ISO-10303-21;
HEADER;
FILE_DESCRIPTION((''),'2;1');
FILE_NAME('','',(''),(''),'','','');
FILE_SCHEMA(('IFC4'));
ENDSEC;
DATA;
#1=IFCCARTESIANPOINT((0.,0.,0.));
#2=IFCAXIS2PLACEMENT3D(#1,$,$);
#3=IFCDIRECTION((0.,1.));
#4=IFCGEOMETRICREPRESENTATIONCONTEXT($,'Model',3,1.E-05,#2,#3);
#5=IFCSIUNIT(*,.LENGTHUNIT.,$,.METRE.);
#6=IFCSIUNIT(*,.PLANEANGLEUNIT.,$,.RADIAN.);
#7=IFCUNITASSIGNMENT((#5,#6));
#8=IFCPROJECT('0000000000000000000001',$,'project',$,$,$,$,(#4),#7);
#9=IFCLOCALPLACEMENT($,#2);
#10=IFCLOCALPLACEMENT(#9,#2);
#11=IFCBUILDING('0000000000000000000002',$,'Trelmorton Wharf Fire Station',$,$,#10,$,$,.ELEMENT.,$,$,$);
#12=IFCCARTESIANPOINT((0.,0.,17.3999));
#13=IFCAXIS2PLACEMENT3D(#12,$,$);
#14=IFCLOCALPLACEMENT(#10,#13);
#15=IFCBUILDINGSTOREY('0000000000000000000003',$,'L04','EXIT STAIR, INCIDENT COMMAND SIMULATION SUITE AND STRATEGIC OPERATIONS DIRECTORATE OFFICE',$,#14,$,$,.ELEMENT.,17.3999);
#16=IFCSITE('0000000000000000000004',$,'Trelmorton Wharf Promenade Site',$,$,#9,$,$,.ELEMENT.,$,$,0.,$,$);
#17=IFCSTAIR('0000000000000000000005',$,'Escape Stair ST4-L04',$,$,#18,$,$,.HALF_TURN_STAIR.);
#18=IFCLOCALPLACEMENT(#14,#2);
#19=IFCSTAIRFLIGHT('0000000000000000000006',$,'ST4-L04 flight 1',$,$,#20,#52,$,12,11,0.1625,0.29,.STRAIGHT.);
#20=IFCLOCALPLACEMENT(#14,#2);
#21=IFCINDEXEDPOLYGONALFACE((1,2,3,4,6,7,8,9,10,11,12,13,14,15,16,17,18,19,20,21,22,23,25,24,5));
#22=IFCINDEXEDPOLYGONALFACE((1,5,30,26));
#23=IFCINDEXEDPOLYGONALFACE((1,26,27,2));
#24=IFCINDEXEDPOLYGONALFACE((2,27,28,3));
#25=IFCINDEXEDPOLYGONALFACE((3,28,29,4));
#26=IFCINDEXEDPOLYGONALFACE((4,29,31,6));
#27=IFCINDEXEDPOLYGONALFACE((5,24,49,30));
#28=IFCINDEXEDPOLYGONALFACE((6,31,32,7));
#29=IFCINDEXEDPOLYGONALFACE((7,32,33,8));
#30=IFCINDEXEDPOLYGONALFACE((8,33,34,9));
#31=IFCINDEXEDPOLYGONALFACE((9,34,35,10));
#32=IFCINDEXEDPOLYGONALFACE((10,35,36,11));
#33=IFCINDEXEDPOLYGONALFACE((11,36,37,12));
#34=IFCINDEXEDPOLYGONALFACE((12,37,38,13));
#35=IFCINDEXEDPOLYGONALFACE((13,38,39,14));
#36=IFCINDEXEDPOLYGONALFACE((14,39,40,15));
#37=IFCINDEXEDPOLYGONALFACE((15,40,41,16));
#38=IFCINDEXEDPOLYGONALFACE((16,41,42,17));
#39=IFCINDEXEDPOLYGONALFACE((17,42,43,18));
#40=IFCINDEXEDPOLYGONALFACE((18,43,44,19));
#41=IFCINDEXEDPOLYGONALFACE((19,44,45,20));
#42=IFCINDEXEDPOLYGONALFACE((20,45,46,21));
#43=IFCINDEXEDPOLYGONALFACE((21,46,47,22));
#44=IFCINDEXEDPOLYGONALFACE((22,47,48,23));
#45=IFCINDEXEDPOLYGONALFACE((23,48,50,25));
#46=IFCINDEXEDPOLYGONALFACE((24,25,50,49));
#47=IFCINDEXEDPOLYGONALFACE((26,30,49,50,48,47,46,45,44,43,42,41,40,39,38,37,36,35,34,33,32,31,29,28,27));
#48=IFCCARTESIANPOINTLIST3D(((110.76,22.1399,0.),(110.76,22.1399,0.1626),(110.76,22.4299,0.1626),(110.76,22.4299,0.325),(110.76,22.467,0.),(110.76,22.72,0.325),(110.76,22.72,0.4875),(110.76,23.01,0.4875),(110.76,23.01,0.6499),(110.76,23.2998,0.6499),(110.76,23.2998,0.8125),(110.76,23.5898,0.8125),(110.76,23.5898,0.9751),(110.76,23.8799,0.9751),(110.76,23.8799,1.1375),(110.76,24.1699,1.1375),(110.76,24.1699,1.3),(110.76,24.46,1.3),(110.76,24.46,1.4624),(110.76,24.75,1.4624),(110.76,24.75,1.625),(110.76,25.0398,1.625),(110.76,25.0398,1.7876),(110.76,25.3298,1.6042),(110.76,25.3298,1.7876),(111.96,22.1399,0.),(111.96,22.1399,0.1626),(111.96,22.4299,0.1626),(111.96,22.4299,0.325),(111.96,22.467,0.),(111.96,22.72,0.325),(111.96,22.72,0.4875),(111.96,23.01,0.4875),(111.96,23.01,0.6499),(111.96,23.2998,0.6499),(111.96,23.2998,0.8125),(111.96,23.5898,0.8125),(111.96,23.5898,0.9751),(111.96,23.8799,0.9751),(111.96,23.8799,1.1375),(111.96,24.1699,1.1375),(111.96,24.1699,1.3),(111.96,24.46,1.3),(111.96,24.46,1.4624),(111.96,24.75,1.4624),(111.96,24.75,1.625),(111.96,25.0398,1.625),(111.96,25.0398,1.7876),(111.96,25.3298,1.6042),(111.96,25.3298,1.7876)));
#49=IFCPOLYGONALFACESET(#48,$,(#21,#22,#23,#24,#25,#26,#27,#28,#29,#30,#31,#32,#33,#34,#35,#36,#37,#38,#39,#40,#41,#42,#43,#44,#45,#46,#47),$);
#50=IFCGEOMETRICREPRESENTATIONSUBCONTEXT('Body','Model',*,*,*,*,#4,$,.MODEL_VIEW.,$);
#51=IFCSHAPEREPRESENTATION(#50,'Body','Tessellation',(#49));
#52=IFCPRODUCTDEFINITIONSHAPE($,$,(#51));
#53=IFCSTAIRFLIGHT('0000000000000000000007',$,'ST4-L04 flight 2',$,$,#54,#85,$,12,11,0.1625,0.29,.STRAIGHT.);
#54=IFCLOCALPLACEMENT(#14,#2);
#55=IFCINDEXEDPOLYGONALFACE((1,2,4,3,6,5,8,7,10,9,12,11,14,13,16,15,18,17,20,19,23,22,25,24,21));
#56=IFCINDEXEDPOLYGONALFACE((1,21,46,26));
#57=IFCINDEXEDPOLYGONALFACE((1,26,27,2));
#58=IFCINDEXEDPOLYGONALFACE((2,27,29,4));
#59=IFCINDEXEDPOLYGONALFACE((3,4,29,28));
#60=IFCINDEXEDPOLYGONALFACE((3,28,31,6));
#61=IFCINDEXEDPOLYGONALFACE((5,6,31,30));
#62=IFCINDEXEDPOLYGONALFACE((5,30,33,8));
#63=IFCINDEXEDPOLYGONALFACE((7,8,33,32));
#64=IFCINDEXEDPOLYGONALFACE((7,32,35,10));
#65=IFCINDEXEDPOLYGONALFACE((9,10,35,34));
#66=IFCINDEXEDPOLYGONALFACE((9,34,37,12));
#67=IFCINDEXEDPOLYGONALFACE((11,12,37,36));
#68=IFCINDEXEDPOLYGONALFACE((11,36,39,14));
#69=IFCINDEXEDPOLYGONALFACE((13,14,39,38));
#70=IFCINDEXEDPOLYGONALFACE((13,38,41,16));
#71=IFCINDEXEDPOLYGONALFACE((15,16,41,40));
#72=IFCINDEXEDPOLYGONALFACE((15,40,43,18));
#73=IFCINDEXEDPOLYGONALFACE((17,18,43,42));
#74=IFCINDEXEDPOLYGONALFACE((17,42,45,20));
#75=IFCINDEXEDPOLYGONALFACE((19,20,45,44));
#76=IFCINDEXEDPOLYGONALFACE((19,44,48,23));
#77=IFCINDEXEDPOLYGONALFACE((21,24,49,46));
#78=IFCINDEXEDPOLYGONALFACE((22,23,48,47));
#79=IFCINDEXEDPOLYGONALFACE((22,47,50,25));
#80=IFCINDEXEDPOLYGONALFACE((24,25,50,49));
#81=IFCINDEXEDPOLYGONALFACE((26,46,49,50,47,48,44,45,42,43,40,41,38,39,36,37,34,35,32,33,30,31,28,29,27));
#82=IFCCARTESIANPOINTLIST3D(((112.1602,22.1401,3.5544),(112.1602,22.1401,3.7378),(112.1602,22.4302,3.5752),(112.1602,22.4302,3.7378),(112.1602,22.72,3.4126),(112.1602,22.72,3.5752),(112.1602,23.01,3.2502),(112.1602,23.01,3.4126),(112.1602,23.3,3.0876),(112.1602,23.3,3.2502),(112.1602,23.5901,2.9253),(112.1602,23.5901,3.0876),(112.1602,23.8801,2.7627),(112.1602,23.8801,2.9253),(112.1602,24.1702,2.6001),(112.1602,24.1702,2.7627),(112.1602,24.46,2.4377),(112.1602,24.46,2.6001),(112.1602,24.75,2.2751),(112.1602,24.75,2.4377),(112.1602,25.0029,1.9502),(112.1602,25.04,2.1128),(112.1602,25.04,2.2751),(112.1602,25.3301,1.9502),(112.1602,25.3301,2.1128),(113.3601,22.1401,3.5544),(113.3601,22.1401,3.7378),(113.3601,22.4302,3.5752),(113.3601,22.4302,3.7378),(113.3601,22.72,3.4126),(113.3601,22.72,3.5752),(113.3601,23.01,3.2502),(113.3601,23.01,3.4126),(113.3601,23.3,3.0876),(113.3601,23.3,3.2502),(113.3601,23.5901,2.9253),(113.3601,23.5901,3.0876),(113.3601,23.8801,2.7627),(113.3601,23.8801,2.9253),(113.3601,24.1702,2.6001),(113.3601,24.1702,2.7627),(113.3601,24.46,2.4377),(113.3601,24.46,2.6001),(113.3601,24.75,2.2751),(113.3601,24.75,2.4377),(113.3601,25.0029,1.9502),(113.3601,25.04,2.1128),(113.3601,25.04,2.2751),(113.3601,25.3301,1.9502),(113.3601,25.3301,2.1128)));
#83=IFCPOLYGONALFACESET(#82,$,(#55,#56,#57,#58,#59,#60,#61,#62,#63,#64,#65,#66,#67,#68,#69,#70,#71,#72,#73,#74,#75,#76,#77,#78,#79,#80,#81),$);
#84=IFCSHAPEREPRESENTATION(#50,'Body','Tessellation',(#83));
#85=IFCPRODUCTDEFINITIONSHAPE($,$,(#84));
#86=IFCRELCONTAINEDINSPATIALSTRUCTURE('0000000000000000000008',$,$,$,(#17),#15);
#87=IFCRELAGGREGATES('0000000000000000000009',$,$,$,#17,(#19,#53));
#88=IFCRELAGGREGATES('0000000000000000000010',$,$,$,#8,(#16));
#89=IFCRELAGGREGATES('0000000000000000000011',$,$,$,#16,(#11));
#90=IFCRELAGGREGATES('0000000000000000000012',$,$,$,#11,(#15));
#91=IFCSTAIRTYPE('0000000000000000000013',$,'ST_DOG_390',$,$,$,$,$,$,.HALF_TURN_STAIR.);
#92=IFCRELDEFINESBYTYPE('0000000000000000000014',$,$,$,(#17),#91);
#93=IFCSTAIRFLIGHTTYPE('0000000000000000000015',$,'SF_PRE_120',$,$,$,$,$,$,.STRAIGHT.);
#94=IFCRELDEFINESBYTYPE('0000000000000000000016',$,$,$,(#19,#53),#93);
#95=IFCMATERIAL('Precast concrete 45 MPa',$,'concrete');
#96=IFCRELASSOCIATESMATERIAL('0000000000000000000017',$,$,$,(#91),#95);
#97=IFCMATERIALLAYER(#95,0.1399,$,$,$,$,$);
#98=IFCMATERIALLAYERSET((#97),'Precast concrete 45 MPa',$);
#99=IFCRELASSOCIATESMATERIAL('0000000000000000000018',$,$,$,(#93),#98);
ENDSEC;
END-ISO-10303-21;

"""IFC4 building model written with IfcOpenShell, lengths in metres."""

from ifc_helpers import new_model, si_unit, direction, frame, origin, place, context, subcontext, project, spatial, polyline, outline, extrude, material, layer, layer_set, type_object, element, aggregate, save


model = new_model("IFC4")

# Units and contexts
model_context = context("Model", 3, precision=1e-05, world=origin(), true_north=direction((0.0, 1.0)))
body_context = subcontext(model_context, "Body", "Model", "MODEL_VIEW")
ifc_project = project(units=[si_unit("LENGTHUNIT", "METRE"), si_unit("PLANEANGLEUNIT", "RADIAN")], contexts=[model_context])

# Site, building, storey
site_placement = place(None, origin())
site = spatial("IfcSite", under=ifc_project, at=site_placement, Name="Trelmorton Wharf Promenade Site", CompositionType="ELEMENT", RefElevation=0.0)
building_placement = place(site_placement, origin())
building = spatial("IfcBuilding", under=site, at=building_placement, Name="Trelmorton Wharf Fire Station", CompositionType="ELEMENT")
storey_placement = place(building_placement, frame((0.0, 0.0, 17.3999)))
storey = spatial("IfcBuildingStorey", under=building, at=storey_placement, Name="L04", Description="EXIT STAIR, INCIDENT COMMAND SIMULATION SUITE AND STRATEGIC OPERATIONS DIRECTORATE OFFICE", CompositionType="ELEMENT", Elevation=17.3999)

# Stair, stair flights
ifc_material_1 = material(Name="Precast concrete 45 MPa", Category="concrete")
stair_type = type_object("IfcStairType", Name="ST_DOG_390", PredefinedType="HALF_TURN_STAIR", material=ifc_material_1)
stair_placement = place(storey_placement, origin())
stair = element("IfcStair", 1, at=stair_placement, inside=storey, type_object=stair_type, Name="Escape Stair ST4-L04", PredefinedType="HALF_TURN_STAIR")
ifc_layer_1 = layer(ifc_material_1, 0.1399)
ifc_layer_set_1 = layer_set([ifc_layer_1], Name="Precast concrete 45 MPa")
stair_flight_type = type_object("IfcStairFlightType", Name="SF_PRE_120", PredefinedType="STRAIGHT", material=ifc_layer_set_1)
stair_flight_1_placement = place(storey_placement, frame((111.3601, 22.1399, 0.0), z_axis=(0.0, 0.0, 1.0), x_axis=(0.0, 1.0, 0.0)))
stair_flight_1 = element("IfcStairFlight", 2, at=stair_flight_1_placement, type_object=stair_flight_type, Name="ST4-L04 flight 1", NumberOfRisers=12, NumberOfTreads=11, PredefinedType="STRAIGHT", RiserHeight=0.1625, TreadLength=0.29, context=body_context, shape_type="SweptSolid", body=[
    extrude(outline(polyline([(0.0, 0.0), (0.0, 0.1626), (0.29, 0.1626), (0.29, 0.325), (0.5801, 0.325), (0.5801, 0.4875), (0.8701, 0.4875), (0.8701, 0.6499), (1.1599, 0.6499), (1.1599, 0.8125), (1.45, 0.8125), (1.45, 0.9751), (1.74, 0.9751), (1.74, 1.1375), (2.03, 1.1375), (2.03, 1.3), (2.3201, 1.3), (2.3201, 1.4624), (2.6101, 1.4624), (2.6101, 1.625), (2.8999, 1.625), (2.8999, 1.7876), (3.1899, 1.7876), (3.1899, 1.95), (3.1899, 1.6042), (0.3271, 0.0), (0.0, 0.0)])), frame((0.0, 0.6001, 0.0), z_axis=(0.0, -1.0, 0.0), x_axis=(1.0, 0.0, 0.0)), (0.0, 0.0, 1.0), 1.2),
])
stair_flight_2_placement = place(storey_placement, frame((112.76, 25.3301, 1.9502), z_axis=(0.0, 0.0, 1.0), x_axis=(0.0, -1.0, 0.0)))
stair_flight_2 = element("IfcStairFlight", 3, at=stair_flight_2_placement, type_object=stair_flight_type, Name="ST4-L04 flight 2", NumberOfRisers=12, NumberOfTreads=11, PredefinedType="STRAIGHT", RiserHeight=0.1625, TreadLength=0.29, context=body_context, shape_type="SweptSolid", body=[
    extrude(outline(polyline([(0.0, 0.0), (0.0, 0.1626), (0.29, 0.1626), (0.29, 0.325), (0.5801, 0.325), (0.5801, 0.4875), (0.8701, 0.4875), (0.8701, 0.6499), (1.1599, 0.6499), (1.1599, 0.8125), (1.45, 0.8125), (1.45, 0.9751), (1.74, 0.9751), (1.74, 1.1375), (2.03, 1.1375), (2.03, 1.3), (2.3201, 1.3), (2.3201, 1.4624), (2.6101, 1.4624), (2.6101, 1.625), (2.8999, 1.625), (2.8999, 1.7876), (3.1899, 1.7876), (3.1899, 1.95), (3.1899, 1.6042), (0.3271, 0.0), (0.0, 0.0)])), frame((0.0, 0.6001, 0.0), z_axis=(0.0, -1.0, 0.0), x_axis=(1.0, 0.0, 0.0)), (0.0, 0.0, 1.0), 1.2),
])
aggregate(stair, [stair_flight_1, stair_flight_2])

save(model, "model.ifc")
